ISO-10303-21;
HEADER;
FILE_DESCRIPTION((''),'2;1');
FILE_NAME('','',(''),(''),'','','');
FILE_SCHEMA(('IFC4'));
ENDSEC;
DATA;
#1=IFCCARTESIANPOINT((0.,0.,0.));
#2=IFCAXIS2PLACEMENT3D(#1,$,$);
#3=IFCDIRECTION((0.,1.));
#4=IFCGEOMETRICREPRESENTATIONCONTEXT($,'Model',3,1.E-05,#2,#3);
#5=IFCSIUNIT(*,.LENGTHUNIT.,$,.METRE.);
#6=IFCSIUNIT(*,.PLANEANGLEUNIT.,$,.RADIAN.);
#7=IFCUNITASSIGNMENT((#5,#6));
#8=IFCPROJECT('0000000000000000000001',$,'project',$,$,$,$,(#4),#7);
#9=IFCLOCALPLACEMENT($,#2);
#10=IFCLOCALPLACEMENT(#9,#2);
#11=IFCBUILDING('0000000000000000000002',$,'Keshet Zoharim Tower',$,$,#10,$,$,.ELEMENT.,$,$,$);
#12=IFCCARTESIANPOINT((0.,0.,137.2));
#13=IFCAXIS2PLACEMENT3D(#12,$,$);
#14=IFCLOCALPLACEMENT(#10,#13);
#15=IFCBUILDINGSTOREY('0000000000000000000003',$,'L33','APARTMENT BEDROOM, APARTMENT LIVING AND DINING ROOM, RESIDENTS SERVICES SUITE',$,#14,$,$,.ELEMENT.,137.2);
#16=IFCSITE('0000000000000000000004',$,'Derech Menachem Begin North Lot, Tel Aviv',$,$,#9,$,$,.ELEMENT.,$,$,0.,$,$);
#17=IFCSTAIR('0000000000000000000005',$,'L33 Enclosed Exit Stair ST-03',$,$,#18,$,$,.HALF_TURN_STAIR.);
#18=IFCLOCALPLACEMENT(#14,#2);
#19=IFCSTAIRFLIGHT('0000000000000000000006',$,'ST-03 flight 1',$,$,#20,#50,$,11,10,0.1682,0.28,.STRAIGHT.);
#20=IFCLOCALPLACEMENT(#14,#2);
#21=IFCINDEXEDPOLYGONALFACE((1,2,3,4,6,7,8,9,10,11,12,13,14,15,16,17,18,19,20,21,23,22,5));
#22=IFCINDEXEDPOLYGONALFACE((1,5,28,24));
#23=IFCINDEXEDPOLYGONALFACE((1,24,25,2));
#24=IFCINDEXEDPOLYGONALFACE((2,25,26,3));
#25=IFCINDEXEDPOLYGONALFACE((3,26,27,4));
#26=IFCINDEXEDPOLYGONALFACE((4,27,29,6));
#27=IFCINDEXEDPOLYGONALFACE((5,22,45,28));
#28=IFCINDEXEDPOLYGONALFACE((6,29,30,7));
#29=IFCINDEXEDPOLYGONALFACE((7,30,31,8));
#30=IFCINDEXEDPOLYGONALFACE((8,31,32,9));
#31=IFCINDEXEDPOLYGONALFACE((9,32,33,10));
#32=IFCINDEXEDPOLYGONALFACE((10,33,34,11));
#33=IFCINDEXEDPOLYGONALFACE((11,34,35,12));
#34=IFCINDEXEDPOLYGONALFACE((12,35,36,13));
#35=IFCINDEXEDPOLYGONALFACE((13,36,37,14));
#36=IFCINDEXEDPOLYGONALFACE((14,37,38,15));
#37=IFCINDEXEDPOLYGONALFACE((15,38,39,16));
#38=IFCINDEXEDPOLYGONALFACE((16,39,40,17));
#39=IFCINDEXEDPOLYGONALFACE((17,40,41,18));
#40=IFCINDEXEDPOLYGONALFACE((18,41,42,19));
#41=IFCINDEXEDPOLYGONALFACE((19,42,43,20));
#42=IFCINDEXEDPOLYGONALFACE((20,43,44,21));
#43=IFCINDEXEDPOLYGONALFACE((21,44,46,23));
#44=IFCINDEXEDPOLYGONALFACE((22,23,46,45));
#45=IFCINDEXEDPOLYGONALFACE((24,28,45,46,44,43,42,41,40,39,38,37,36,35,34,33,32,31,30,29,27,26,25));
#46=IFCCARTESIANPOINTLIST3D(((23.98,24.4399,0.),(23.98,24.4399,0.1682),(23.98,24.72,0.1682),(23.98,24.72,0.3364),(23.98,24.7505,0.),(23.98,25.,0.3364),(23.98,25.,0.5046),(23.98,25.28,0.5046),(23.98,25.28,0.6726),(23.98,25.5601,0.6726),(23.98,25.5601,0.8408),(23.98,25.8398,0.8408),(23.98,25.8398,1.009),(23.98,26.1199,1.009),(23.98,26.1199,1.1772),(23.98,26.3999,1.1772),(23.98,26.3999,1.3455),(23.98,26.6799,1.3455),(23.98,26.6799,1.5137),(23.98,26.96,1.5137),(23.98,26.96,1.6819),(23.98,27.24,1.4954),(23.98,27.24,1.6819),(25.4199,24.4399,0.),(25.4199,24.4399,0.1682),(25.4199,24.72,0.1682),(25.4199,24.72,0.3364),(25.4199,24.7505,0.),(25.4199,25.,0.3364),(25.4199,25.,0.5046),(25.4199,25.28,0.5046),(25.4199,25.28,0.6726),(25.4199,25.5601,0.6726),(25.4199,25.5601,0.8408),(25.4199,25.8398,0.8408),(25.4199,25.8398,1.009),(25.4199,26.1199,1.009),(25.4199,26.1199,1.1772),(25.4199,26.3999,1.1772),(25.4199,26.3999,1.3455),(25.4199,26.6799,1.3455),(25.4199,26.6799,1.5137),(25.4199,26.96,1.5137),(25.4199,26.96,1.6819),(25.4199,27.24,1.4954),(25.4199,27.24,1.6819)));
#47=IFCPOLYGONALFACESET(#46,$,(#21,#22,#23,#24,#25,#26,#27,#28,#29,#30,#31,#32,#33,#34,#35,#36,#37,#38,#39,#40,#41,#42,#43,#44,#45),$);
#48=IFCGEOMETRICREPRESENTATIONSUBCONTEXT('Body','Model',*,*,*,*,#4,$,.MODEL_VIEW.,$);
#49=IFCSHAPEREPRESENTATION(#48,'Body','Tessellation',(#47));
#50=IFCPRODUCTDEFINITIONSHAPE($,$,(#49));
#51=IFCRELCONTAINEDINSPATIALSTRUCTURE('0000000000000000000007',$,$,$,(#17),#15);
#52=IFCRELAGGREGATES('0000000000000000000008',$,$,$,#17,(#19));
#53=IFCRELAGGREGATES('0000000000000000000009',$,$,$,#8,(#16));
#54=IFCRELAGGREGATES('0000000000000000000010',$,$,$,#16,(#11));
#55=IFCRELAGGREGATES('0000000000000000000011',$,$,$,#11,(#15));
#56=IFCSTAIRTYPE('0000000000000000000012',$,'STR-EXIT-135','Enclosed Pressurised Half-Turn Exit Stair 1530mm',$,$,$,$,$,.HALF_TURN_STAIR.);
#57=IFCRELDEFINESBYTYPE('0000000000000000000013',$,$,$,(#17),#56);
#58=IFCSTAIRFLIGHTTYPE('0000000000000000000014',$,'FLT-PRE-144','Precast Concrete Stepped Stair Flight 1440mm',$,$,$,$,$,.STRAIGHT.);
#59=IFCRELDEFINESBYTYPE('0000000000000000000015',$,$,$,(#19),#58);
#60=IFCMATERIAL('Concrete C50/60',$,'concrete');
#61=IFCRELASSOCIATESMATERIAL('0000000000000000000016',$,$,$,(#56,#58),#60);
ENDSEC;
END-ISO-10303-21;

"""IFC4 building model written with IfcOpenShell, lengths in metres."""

from ifc_helpers import new_model, si_unit, direction, frame, origin, place, context, subcontext, project, spatial, polyline, outline, extrude, material, type_object, element, aggregate, save


model = new_model("IFC4")

# Units and contexts
model_context = context("Model", 3, precision=1e-05, world=origin(), true_north=direction((0.0, 1.0)))
body_context = subcontext(model_context, "Body", "Model", "MODEL_VIEW")
ifc_project = project(units=[si_unit("LENGTHUNIT", "METRE"), si_unit("PLANEANGLEUNIT", "RADIAN")], contexts=[model_context])

# Site, building, storey
site_placement = place(None, origin())
site = spatial("IfcSite", under=ifc_project, at=site_placement, Name="Derech Menachem Begin North Lot, Tel Aviv", CompositionType="ELEMENT", RefElevation=0.0)
building_placement = place(site_placement, origin())
building = spatial("IfcBuilding", under=site, at=building_placement, Name="Keshet Zoharim Tower", CompositionType="ELEMENT")
storey_placement = place(building_placement, frame((0.0, 0.0, 137.2)))
storey = spatial("IfcBuildingStorey", under=building, at=storey_placement, Name="L33", Description="APARTMENT BEDROOM, APARTMENT LIVING AND DINING ROOM, RESIDENTS SERVICES SUITE", CompositionType="ELEMENT", Elevation=137.2)

# Shared definitions
ifc_material_1 = material(Name="Concrete C50/60", Category="concrete")

# Stair, stair flight
stair_type = type_object("IfcStairType", Name="STR-EXIT-135", Description="Enclosed Pressurised Half-Turn Exit Stair 1530mm", PredefinedType="HALF_TURN_STAIR", material=ifc_material_1)
stair_placement = place(storey_placement, origin())
stair = element("IfcStair", 1, at=stair_placement, inside=storey, type_object=stair_type, Name="L33 Enclosed Exit Stair ST-03", PredefinedType="HALF_TURN_STAIR")
stair_flight_type = type_object("IfcStairFlightType", Name="FLT-PRE-144", Description="Precast Concrete Stepped Stair Flight 1440mm", PredefinedType="STRAIGHT", material=ifc_material_1)
stair_flight_placement = place(storey_placement, frame((24.7, 24.4399, 0.0), z_axis=(0.0, 0.0, 1.0), x_axis=(0.0, 1.0, 0.0)))
stair_flight = element("IfcStairFlight", 2, at=stair_flight_placement, type_object=stair_flight_type, Name="ST-03 flight 1", NumberOfRisers=11, NumberOfTreads=10, PredefinedType="STRAIGHT", RiserHeight=0.1682, TreadLength=0.28, context=body_context, shape_type="SweptSolid", body=[
    extrude(outline(polyline([(0.0, 0.0), (0.0, 0.1682), (0.28, 0.1682), (0.28, 0.3364), (0.5601, 0.3364), (0.5601, 0.5046), (0.8401, 0.5046), (0.8401, 0.6726), (1.1201, 0.6726), (1.1201, 0.8408), (1.3999, 0.8408), (1.3999, 1.009), (1.6799, 1.009), (1.6799, 1.1772), (1.96, 1.1772), (1.96, 1.3455), (2.24, 1.3455), (2.24, 1.5137), (2.52, 1.5137), (2.52, 1.6819), (2.8, 1.6819), (2.8, 1.8501), (2.8, 1.4954), (0.3105, 0.0), (0.0, 0.0)])), frame((0.0, 0.72, 0.0), z_axis=(0.0, -1.0, 0.0), x_axis=(1.0, 0.0, 0.0)), (0.0, 0.0, 1.0), 1.4399),
])
aggregate(stair, [stair_flight])

save(model, "model.ifc")
